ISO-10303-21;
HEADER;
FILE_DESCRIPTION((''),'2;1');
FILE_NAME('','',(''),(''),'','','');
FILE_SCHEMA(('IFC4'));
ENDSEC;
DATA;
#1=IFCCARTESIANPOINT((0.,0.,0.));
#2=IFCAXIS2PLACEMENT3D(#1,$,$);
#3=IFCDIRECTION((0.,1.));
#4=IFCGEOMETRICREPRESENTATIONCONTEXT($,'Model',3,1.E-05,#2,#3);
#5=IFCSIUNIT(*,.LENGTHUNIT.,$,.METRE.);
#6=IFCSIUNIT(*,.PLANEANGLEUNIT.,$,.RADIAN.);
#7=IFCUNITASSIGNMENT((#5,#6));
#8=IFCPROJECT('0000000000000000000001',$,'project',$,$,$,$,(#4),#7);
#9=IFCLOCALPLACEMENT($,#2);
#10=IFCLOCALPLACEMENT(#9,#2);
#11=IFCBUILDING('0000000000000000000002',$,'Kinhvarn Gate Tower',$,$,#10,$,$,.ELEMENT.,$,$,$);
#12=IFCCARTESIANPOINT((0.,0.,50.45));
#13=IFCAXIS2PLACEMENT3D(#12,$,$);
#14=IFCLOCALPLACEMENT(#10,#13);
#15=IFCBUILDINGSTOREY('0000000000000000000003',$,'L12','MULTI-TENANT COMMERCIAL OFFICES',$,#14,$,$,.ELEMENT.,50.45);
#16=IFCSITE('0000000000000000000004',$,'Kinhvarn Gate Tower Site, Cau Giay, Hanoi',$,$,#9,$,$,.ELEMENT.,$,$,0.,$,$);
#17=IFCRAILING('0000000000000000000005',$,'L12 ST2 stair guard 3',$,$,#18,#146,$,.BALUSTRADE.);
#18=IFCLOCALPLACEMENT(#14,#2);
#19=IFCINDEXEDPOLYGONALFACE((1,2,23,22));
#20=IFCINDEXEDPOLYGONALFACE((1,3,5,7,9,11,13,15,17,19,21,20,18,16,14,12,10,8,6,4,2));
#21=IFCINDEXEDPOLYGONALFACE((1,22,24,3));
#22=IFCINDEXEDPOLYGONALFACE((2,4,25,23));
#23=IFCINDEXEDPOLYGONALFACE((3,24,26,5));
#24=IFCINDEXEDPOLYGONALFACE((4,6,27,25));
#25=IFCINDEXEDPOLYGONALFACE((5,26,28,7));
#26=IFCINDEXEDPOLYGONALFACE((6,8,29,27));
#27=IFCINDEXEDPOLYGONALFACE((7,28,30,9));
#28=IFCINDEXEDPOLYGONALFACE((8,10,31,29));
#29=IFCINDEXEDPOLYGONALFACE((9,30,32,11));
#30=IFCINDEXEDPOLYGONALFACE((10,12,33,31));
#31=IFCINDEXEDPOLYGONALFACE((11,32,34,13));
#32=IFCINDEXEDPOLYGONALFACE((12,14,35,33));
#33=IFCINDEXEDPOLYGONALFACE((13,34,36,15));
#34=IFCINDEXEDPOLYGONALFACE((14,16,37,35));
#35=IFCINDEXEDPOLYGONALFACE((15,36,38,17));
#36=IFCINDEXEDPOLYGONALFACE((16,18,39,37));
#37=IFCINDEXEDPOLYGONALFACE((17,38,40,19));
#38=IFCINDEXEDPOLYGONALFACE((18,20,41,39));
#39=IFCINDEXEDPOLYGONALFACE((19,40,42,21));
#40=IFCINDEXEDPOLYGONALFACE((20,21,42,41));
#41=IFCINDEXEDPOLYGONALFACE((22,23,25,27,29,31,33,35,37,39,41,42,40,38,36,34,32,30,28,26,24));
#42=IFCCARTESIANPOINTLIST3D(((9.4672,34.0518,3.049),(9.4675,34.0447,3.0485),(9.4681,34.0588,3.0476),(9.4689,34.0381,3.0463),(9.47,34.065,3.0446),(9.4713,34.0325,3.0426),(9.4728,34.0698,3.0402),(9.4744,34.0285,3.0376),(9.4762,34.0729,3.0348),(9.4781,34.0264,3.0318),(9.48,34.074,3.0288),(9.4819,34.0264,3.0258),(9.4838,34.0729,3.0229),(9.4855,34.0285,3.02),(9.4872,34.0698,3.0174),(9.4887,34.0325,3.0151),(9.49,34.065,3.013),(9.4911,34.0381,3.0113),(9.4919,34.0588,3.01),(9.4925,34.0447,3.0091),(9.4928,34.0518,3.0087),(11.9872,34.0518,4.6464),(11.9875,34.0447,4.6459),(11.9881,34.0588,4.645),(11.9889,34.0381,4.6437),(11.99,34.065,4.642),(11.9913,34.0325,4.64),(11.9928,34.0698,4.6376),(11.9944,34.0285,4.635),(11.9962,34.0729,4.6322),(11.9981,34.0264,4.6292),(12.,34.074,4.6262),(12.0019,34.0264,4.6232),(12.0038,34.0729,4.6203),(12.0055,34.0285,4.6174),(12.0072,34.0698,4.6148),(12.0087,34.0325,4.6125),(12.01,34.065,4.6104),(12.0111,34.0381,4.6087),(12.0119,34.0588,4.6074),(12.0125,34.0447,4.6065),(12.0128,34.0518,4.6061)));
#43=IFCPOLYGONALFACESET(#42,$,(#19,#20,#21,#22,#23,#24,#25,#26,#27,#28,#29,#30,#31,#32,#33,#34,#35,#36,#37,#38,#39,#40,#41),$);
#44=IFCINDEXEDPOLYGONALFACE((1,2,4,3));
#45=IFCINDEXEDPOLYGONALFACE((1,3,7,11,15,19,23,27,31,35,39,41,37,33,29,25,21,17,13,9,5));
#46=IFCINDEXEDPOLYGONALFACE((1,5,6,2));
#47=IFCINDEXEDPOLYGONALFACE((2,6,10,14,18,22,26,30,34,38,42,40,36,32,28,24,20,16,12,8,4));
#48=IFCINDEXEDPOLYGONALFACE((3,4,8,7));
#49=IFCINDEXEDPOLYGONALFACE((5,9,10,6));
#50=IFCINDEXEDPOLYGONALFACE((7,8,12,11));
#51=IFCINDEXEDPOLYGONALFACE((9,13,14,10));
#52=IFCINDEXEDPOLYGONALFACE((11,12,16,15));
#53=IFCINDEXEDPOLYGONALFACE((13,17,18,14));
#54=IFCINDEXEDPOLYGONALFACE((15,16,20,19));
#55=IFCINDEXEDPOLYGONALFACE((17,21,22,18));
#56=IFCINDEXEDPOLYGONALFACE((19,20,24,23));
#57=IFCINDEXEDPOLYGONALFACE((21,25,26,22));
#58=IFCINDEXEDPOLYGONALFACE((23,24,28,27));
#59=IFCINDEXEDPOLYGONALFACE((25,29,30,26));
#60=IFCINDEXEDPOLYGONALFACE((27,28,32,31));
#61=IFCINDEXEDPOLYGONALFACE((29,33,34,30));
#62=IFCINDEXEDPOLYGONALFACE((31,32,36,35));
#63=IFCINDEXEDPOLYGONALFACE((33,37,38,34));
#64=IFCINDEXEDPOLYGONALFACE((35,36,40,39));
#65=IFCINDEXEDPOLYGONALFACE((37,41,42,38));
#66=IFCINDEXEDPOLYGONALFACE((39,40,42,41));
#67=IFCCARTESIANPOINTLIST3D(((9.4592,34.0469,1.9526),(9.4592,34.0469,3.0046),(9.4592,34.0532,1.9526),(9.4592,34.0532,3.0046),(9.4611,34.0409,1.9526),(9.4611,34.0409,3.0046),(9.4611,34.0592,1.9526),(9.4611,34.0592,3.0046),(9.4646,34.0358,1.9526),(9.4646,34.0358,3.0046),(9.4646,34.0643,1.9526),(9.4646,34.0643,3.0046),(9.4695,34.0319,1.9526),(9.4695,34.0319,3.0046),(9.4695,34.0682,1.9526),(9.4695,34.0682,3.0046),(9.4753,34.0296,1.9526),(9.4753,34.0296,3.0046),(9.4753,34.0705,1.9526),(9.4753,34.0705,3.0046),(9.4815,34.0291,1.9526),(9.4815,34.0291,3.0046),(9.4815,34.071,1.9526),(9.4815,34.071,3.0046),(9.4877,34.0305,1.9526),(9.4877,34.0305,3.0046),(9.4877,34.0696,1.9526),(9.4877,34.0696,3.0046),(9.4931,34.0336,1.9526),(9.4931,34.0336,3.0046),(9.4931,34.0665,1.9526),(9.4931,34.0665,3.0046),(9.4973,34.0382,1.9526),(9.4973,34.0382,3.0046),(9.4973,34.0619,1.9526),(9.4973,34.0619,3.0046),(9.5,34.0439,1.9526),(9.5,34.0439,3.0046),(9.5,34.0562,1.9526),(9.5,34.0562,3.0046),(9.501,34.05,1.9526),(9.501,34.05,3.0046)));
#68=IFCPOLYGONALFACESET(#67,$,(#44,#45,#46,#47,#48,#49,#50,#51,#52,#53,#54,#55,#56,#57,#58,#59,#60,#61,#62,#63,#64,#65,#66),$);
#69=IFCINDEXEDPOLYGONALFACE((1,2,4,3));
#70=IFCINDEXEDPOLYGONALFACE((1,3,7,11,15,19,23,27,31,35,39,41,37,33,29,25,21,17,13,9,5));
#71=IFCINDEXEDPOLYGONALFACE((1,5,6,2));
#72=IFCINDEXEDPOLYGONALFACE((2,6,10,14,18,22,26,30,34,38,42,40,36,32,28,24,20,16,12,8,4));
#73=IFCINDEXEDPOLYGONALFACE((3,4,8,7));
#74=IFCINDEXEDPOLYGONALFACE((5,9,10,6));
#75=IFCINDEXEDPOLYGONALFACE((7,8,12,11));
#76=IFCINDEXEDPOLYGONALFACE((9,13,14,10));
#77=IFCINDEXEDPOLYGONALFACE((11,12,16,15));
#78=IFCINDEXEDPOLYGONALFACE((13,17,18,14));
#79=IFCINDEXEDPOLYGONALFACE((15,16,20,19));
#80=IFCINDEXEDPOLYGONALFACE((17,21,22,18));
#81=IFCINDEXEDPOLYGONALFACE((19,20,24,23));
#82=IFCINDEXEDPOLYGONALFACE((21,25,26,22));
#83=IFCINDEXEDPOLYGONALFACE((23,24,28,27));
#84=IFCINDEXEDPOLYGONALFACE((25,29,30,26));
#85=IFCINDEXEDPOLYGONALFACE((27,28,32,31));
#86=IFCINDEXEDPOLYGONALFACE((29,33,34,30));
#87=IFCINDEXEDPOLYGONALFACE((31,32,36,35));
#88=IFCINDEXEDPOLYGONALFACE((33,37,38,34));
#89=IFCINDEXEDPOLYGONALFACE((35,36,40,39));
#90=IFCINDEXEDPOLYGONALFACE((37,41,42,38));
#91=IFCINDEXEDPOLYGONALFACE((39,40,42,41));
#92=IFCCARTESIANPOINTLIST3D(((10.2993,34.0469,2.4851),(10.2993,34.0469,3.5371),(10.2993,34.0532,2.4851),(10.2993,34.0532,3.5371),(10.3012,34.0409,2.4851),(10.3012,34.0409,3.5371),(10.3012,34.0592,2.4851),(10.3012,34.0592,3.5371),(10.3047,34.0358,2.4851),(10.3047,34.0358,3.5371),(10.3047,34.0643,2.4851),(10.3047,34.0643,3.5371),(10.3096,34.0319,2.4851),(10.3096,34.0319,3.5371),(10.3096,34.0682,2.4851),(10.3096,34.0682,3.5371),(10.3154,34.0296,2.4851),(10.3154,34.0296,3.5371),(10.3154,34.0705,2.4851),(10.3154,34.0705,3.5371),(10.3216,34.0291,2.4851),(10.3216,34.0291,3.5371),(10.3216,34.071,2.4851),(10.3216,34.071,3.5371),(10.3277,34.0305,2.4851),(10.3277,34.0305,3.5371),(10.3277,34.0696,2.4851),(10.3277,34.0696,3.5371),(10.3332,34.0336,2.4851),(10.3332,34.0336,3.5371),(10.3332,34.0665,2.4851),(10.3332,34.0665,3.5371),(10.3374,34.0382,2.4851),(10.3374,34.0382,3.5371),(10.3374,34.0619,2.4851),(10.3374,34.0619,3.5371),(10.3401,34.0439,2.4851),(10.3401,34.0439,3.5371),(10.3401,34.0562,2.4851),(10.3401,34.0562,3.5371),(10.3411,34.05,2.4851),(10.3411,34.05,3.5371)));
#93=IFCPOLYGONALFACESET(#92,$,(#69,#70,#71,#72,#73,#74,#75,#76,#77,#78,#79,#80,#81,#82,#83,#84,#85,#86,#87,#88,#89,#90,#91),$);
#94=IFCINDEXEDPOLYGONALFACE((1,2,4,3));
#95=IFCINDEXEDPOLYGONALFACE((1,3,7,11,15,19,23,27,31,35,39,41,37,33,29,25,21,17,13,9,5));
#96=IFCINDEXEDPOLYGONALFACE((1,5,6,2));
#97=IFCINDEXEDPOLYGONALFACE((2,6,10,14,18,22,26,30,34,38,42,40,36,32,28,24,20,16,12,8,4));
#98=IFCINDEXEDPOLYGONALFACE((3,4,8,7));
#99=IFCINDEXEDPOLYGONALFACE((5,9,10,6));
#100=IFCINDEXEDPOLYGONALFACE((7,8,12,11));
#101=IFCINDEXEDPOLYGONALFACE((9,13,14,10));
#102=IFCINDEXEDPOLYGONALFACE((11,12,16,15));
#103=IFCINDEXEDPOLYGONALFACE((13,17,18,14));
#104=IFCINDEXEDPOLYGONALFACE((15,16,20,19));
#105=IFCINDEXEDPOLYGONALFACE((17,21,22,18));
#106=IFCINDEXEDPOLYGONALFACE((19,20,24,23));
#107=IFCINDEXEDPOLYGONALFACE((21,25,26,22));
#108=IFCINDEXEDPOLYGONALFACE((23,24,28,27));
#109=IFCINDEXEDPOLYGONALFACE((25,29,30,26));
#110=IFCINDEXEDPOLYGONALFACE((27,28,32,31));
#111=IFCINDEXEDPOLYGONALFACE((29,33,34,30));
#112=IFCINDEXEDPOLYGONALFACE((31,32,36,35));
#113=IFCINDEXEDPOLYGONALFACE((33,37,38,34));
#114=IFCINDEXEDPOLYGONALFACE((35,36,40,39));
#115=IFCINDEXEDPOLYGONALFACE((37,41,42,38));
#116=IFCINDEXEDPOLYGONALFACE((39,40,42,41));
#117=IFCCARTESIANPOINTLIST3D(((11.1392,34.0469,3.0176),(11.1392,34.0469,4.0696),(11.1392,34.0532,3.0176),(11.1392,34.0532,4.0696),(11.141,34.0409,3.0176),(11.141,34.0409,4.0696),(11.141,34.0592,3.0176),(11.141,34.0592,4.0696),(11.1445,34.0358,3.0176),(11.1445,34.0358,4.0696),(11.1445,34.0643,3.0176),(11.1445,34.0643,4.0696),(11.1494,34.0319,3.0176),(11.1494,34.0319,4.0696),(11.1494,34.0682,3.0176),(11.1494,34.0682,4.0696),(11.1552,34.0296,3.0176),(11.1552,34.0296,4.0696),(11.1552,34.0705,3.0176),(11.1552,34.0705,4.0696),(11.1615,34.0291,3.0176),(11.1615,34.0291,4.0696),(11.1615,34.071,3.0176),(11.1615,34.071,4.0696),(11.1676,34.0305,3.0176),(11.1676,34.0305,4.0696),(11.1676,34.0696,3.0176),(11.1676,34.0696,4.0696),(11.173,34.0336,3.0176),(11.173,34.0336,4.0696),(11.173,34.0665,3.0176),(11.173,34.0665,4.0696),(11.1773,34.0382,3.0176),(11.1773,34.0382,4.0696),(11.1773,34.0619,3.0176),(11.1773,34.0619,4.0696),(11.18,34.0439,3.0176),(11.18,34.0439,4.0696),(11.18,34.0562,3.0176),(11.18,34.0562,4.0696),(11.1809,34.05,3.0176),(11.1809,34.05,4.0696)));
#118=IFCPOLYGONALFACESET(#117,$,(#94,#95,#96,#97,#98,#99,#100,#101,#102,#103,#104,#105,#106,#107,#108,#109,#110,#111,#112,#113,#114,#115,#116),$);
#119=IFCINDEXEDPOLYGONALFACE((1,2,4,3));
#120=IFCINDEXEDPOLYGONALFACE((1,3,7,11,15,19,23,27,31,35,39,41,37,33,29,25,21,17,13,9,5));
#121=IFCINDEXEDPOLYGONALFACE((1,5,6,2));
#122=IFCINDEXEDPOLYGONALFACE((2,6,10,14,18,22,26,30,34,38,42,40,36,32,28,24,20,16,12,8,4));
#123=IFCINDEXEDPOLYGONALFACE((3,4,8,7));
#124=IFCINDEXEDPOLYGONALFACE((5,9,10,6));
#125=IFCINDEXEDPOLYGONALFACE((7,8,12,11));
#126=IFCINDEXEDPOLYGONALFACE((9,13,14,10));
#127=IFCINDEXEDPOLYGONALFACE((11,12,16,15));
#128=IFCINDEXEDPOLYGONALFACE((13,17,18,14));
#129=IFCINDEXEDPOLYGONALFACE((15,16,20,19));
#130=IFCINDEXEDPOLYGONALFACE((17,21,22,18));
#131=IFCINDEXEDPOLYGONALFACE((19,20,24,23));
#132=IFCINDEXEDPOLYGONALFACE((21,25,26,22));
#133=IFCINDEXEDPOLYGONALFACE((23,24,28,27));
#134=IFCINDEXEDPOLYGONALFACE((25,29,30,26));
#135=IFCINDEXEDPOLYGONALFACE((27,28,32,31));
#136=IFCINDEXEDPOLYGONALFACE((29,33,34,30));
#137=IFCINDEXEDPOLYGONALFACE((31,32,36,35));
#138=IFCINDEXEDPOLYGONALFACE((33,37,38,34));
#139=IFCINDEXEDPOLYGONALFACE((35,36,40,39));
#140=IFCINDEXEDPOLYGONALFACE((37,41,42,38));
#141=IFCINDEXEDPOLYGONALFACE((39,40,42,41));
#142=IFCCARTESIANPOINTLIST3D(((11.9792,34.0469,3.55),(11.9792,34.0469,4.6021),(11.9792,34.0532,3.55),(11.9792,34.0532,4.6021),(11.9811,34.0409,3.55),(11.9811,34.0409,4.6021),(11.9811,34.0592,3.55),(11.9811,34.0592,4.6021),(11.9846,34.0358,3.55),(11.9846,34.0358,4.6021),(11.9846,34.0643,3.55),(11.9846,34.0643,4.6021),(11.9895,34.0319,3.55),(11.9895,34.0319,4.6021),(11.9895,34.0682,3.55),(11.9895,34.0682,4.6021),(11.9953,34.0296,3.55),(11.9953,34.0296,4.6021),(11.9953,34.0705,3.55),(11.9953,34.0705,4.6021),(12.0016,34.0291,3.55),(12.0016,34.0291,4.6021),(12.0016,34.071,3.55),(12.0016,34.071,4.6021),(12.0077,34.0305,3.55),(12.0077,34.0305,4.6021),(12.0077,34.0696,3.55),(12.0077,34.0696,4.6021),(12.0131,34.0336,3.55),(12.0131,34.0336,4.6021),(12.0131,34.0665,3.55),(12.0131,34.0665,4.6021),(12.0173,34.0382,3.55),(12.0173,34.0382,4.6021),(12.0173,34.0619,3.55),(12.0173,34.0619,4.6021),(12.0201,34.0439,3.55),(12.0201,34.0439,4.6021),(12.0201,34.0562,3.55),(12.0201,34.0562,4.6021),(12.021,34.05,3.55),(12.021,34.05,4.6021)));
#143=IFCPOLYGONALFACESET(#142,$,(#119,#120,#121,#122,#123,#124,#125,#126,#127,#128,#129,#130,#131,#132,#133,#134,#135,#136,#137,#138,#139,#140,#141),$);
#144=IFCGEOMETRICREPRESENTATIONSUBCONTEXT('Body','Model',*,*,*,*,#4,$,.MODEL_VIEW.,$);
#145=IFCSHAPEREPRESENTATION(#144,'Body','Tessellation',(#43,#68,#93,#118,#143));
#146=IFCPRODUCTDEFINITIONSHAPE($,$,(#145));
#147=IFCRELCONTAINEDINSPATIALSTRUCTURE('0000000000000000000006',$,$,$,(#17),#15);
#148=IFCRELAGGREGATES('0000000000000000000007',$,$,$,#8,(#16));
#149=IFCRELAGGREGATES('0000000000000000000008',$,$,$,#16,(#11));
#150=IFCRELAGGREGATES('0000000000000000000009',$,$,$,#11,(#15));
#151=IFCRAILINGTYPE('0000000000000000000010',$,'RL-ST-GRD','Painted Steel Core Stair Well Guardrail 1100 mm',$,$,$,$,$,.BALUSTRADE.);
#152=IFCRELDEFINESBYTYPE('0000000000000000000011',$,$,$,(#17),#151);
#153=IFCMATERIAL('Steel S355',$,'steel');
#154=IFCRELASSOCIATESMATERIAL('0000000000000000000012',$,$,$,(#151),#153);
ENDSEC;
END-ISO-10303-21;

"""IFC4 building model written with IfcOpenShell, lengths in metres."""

from ifc_helpers import new_model, si_unit, direction, frame, origin, origin_2d, place, context, subcontext, project, spatial, circle, extrude, material, type_object, element, save


model = new_model("IFC4")

# Units and contexts
model_context = context("Model", 3, precision=1e-05, world=origin(), true_north=direction((0.0, 1.0)))
body_context = subcontext(model_context, "Body", "Model", "MODEL_VIEW")
ifc_project = project(units=[si_unit("LENGTHUNIT", "METRE"), si_unit("PLANEANGLEUNIT", "RADIAN")], contexts=[model_context])

# Site, building, storey
site_placement = place(None, origin())
site = spatial("IfcSite", under=ifc_project, at=site_placement, Name="Kinhvarn Gate Tower Site, Cau Giay, Hanoi", CompositionType="ELEMENT", RefElevation=0.0)
building_placement = place(site_placement, origin())
building = spatial("IfcBuilding", under=site, at=building_placement, Name="Kinhvarn Gate Tower", CompositionType="ELEMENT")
storey_placement = place(building_placement, frame((0.0, 0.0, 50.45)))
storey = spatial("IfcBuildingStorey", under=building, at=storey_placement, Name="L12", Description="MULTI-TENANT COMMERCIAL OFFICES", CompositionType="ELEMENT", Elevation=50.45)

# Shared definitions
ifc_material_1 = material(Name="Steel S355", Category="steel")

# Railing
railing_type_1 = type_object("IfcRailingType", Name="RL-ST-GRD", Description="Painted Steel Core Stair Well Guardrail 1100 mm", PredefinedType="BALUSTRADE", material=ifc_material_1)
railing_1_placement = place(storey_placement, frame((9.48, 34.05, 1.9526)))
element("IfcRailing", 1, at=railing_1_placement, inside=storey, type_object=railing_type_1, Name="L12 ST2 stair guard 3", PredefinedType="BALUSTRADE", context=body_context, shape_type="SweptSolid", body=[
    extrude(circle(Radius=0.0239, at=origin_2d()), frame((0.0, 0.0, 1.0762), z_axis=(0.844607, 0.0, 0.535387), x_axis=(0.0, 1.0, 0.0)), (0.0, 0.0, 1.0), 2.9836),
    extrude(circle(Radius=0.021, at=origin_2d()), origin(), (0.0, 0.0, 1.0), 1.052),
    extrude(circle(Radius=0.021, at=origin_2d()), frame((0.8401, 0.0, 0.5325)), (0.0, 0.0, 1.0), 1.052),
    extrude(circle(Radius=0.021, at=origin_2d()), frame((1.6799, 0.0, 1.0649)), (0.0, 0.0, 1.0), 1.052),
    extrude(circle(Radius=0.021, at=origin_2d()), frame((2.52, 0.0, 1.5974)), (0.0, 0.0, 1.0), 1.052),
])

save(model, "model.ifc")
